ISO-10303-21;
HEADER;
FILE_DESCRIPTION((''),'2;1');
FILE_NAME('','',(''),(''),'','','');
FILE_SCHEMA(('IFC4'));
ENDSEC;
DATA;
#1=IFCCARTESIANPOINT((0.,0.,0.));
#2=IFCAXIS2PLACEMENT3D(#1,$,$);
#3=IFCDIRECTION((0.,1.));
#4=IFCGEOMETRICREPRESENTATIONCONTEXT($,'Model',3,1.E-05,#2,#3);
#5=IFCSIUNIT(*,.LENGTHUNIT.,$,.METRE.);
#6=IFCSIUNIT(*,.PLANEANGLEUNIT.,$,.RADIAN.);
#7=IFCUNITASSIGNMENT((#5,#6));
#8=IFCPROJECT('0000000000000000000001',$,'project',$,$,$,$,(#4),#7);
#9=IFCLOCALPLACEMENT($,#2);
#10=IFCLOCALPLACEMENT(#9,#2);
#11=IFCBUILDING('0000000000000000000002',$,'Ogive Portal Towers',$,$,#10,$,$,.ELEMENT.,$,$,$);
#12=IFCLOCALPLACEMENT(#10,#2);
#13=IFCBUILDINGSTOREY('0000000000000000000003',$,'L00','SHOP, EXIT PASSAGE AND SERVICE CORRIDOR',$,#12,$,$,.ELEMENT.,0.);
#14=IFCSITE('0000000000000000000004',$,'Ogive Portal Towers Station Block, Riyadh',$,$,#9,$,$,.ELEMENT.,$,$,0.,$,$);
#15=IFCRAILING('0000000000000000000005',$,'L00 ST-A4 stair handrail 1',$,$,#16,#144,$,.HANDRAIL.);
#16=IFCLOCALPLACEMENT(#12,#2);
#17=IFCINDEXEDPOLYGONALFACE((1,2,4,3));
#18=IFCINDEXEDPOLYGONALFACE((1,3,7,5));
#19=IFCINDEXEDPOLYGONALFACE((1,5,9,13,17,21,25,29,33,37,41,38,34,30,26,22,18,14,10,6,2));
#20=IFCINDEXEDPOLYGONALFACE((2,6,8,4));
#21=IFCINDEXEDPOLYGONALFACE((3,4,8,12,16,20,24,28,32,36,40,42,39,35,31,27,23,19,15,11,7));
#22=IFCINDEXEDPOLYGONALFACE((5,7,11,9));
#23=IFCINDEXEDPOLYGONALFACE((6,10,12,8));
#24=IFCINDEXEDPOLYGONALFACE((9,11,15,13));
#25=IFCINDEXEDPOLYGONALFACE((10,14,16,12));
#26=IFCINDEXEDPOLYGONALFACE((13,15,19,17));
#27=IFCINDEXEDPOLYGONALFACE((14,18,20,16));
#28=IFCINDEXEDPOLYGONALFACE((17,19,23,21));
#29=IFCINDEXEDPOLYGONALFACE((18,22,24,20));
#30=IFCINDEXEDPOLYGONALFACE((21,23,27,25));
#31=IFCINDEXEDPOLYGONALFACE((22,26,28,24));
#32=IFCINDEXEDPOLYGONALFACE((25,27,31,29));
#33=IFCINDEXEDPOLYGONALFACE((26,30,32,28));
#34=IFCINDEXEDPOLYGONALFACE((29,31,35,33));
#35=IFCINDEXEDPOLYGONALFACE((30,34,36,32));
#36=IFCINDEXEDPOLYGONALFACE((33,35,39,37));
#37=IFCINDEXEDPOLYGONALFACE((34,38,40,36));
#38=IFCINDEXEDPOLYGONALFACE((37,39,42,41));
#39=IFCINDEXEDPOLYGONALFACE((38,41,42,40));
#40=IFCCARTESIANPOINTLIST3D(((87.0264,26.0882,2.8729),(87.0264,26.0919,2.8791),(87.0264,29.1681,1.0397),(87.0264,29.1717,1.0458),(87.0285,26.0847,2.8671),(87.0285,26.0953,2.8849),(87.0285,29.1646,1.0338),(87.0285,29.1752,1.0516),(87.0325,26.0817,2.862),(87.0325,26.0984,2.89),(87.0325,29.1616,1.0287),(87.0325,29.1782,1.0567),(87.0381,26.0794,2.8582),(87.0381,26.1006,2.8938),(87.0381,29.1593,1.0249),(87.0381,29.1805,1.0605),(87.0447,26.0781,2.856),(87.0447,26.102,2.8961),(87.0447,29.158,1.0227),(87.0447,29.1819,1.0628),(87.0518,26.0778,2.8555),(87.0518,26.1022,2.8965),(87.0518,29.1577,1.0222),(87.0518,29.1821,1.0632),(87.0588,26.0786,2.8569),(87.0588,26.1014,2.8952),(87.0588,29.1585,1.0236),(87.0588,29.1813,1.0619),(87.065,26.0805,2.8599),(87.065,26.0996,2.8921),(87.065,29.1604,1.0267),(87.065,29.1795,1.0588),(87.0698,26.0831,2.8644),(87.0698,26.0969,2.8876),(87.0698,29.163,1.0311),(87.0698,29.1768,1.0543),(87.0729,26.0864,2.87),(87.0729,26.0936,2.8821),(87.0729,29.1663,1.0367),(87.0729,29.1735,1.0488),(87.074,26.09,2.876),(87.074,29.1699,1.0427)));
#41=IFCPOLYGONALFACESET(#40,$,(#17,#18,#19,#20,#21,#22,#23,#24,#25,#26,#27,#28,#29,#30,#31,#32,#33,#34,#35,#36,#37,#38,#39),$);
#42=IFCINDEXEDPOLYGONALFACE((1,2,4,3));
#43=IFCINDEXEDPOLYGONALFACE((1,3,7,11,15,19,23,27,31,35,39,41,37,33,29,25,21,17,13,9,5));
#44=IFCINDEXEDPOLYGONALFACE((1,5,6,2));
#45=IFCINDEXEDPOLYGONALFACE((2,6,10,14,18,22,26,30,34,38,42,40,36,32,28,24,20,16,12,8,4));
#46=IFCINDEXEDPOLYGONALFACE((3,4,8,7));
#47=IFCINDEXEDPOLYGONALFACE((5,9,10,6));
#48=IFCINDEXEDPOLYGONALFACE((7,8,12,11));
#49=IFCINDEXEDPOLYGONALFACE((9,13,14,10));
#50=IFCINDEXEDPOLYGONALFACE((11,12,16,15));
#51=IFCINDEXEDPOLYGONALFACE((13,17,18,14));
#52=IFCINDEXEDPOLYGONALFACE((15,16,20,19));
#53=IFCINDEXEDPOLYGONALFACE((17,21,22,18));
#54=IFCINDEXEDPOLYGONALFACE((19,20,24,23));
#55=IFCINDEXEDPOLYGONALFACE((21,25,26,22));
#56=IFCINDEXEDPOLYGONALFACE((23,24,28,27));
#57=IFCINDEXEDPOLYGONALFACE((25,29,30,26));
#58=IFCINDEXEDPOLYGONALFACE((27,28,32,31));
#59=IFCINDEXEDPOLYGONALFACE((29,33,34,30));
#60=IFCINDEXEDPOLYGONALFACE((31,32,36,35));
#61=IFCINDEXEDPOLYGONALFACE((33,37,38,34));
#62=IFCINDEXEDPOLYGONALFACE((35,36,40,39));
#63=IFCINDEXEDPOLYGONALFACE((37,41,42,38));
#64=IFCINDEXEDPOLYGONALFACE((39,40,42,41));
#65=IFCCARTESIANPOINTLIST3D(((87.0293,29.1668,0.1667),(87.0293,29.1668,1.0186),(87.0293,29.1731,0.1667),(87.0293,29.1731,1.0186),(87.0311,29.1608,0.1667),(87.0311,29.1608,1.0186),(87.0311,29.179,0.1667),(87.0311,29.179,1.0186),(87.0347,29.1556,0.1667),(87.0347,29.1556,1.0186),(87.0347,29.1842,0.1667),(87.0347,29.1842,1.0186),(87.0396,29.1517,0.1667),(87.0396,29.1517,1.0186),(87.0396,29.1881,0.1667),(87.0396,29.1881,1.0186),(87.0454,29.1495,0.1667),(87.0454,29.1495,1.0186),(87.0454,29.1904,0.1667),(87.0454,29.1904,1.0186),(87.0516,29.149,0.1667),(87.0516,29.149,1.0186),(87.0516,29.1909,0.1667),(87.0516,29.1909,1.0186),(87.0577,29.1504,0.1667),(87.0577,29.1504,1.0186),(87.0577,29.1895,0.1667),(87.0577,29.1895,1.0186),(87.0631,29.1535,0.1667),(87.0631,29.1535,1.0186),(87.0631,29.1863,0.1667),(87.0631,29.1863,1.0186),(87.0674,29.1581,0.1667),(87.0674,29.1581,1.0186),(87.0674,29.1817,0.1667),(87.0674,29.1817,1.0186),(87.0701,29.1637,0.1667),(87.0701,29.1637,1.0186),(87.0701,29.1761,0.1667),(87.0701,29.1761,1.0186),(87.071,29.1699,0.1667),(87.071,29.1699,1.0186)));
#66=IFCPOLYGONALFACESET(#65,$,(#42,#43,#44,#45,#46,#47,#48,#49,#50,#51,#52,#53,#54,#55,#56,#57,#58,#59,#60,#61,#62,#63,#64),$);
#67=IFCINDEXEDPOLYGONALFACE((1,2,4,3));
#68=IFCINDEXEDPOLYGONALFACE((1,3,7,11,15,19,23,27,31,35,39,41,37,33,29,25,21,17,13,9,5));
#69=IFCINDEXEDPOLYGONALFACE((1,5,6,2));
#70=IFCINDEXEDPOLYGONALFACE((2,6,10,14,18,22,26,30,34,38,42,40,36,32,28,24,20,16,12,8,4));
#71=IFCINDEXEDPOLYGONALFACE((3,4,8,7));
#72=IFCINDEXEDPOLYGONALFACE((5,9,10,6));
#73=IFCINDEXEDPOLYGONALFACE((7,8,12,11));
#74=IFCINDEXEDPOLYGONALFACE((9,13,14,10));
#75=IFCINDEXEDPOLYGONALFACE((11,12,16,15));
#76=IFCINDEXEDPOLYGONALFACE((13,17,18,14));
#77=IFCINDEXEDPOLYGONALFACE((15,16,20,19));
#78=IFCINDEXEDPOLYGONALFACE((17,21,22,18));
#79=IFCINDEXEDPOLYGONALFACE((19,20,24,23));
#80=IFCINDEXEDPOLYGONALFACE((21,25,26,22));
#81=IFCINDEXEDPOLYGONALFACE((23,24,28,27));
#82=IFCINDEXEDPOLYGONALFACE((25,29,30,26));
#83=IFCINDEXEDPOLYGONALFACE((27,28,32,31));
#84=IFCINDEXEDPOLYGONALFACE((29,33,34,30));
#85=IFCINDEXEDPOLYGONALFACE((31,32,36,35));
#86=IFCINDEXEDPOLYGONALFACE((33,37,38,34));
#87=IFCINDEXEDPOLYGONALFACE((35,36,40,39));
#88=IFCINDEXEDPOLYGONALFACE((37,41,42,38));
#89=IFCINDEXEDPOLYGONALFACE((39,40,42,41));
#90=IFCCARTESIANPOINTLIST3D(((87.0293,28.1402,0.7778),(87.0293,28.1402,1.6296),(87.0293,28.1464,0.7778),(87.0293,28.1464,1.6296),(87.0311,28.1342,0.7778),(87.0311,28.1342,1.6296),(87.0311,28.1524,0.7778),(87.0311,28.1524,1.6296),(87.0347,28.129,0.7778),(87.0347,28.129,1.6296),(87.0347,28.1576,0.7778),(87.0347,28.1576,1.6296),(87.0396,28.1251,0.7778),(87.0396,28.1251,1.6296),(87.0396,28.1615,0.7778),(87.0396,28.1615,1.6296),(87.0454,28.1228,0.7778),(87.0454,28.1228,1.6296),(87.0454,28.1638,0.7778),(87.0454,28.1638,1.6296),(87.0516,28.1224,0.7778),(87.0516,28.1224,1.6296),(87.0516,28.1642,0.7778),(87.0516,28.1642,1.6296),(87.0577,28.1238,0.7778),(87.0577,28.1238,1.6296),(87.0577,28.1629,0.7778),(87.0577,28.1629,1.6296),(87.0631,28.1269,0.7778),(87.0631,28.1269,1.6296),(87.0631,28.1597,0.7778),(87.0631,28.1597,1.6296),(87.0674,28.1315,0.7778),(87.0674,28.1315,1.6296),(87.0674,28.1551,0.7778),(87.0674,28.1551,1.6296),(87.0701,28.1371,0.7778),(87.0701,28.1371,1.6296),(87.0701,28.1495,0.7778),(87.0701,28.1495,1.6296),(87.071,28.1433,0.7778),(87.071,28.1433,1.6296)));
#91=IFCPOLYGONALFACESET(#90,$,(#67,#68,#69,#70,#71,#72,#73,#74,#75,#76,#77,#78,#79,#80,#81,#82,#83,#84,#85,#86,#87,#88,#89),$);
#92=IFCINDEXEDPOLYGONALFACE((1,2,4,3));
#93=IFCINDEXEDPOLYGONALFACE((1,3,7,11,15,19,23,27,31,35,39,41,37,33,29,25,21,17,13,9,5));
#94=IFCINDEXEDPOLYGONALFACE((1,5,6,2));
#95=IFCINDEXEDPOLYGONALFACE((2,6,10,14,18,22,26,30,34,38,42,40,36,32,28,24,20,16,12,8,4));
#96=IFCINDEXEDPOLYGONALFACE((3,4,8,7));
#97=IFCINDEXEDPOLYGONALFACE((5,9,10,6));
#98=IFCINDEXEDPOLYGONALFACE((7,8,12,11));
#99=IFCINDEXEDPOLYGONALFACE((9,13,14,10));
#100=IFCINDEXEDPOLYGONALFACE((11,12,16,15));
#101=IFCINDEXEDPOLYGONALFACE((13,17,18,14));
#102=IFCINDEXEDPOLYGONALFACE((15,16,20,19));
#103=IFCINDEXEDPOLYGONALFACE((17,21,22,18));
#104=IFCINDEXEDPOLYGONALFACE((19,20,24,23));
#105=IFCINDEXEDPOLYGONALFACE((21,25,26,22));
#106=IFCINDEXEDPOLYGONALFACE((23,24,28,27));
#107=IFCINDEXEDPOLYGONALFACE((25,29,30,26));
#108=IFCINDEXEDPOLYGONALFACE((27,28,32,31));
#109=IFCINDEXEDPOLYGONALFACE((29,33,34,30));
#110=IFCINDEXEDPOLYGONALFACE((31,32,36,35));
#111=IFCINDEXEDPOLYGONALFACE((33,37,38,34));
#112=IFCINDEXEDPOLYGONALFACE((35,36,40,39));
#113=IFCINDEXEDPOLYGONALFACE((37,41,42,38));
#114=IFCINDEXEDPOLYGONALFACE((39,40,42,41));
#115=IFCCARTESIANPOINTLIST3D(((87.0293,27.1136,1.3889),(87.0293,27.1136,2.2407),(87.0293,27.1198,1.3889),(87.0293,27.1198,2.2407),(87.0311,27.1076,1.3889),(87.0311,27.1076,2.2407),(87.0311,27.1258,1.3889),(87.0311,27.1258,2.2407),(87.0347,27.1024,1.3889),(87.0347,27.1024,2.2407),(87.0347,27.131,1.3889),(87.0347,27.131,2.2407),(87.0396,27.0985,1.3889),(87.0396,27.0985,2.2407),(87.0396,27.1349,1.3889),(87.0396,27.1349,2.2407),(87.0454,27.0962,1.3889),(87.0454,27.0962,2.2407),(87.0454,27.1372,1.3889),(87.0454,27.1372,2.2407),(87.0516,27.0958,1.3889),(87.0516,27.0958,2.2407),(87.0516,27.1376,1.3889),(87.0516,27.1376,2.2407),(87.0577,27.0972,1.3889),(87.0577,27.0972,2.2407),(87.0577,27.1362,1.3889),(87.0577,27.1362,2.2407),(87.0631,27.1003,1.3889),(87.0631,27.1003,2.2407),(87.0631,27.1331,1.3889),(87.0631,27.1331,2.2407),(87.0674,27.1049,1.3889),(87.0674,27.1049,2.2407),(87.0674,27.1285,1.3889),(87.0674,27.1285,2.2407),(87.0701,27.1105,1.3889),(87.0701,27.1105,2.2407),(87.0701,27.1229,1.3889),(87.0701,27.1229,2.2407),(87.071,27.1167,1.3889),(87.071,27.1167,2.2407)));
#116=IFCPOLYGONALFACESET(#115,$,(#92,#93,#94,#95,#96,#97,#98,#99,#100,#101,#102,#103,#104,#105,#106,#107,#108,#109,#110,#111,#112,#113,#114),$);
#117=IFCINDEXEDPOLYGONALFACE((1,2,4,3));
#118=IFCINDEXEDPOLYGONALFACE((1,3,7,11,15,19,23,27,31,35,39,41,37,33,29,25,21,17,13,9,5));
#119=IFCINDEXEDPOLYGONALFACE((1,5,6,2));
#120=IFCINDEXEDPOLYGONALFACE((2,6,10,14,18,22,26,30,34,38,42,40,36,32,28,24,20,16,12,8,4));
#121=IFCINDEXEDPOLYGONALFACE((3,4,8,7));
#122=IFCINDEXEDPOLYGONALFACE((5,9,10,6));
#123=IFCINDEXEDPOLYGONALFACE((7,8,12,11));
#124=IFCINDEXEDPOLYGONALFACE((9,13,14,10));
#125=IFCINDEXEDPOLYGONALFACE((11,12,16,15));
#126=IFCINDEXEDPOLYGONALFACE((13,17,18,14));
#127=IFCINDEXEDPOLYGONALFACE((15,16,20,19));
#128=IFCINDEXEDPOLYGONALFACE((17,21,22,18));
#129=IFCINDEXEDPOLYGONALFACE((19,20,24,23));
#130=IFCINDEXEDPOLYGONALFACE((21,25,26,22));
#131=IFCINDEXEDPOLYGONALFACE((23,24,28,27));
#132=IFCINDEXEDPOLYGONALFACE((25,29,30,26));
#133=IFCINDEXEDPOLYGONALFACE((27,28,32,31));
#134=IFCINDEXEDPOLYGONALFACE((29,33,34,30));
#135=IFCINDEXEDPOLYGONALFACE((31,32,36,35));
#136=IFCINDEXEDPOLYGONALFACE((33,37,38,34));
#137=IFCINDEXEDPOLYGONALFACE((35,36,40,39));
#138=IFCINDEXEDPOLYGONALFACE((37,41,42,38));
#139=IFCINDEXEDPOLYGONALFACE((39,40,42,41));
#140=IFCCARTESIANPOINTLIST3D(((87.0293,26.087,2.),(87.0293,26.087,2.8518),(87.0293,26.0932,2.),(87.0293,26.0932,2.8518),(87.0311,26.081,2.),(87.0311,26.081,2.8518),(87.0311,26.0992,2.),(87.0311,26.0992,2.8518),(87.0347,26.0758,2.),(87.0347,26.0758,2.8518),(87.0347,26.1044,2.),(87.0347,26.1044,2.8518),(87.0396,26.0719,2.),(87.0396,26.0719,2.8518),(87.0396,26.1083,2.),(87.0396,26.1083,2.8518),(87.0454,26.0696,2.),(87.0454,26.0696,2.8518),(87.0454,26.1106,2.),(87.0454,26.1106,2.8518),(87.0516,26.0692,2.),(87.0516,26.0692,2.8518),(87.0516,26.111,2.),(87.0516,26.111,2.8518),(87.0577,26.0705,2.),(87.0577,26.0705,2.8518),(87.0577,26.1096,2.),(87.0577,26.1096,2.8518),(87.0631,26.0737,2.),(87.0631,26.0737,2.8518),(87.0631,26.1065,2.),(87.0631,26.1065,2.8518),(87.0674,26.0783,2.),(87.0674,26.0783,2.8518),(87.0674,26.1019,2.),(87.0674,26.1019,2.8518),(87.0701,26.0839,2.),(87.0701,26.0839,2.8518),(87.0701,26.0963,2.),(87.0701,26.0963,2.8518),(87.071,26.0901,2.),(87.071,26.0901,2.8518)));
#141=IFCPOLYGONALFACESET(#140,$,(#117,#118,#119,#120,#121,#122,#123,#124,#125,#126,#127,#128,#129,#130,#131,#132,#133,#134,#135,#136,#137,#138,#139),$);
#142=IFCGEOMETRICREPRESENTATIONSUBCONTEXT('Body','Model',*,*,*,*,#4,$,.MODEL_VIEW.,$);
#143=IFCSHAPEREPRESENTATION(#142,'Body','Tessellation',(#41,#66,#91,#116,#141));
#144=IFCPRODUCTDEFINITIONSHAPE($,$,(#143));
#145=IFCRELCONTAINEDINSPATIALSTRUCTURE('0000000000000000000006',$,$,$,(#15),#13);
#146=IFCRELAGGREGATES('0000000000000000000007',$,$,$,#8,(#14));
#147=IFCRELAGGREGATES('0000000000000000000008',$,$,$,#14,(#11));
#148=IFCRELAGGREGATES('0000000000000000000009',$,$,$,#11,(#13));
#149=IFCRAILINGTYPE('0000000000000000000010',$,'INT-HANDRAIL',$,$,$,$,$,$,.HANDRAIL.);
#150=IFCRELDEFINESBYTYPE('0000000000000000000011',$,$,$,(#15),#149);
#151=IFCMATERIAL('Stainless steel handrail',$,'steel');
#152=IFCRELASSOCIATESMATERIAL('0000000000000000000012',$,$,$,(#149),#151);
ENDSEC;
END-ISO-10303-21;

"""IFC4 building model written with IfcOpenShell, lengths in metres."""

from ifc_helpers import new_model, si_unit, direction, frame, origin, origin_2d, place, context, subcontext, project, spatial, circle, extrude, material, type_object, element, save


model = new_model("IFC4")

# Units and contexts
model_context = context("Model", 3, precision=1e-05, world=origin(), true_north=direction((0.0, 1.0)))
body_context = subcontext(model_context, "Body", "Model", "MODEL_VIEW")
ifc_project = project(units=[si_unit("LENGTHUNIT", "METRE"), si_unit("PLANEANGLEUNIT", "RADIAN")], contexts=[model_context])

# Site, building, storey
site_placement = place(None, origin())
site = spatial("IfcSite", under=ifc_project, at=site_placement, Name="Ogive Portal Towers Station Block, Riyadh", CompositionType="ELEMENT", RefElevation=0.0)
building_placement = place(site_placement, origin())
building = spatial("IfcBuilding", under=site, at=building_placement, Name="Ogive Portal Towers", CompositionType="ELEMENT")
storey_placement = place(building_placement, origin())
storey = spatial("IfcBuildingStorey", under=building, at=storey_placement, Name="L00", Description="SHOP, EXIT PASSAGE AND SERVICE CORRIDOR", CompositionType="ELEMENT", Elevation=0.0)

# Railing
ifc_material_1 = material(Name="Stainless steel handrail", Category="steel")
railing_type_1 = type_object("IfcRailingType", Name="INT-HANDRAIL", PredefinedType="HANDRAIL", material=ifc_material_1)
for number, where, name in (
    (1, (87.05, 29.1699, 0.1667), "L00 ST-A4 stair handrail 1"),
):
    element("IfcRailing", number, at=place(storey_placement, frame(where)), inside=storey, type_object=railing_type_1, Name=name, PredefinedType="HANDRAIL", context=body_context, shape_type="SweptSolid", body=[
        extrude(circle(Radius=0.0239, at=origin_2d()), frame((0.0, 0.0, 0.876), z_axis=(0.0, -0.859291, 0.511487), x_axis=(1.0, 0.0, 0.0)), (0.0, 0.0, 1.0), 3.5842),
        extrude(circle(Radius=0.021, at=origin_2d()), origin(), (0.0, 0.0, 1.0), 0.8518),
        extrude(circle(Radius=0.021, at=origin_2d()), frame((0.0, -1.0266, 0.6111)), (0.0, 0.0, 1.0), 0.8518),
        extrude(circle(Radius=0.021, at=origin_2d()), frame((0.0, -2.0532, 1.2222)), (0.0, 0.0, 1.0), 0.8518),
        extrude(circle(Radius=0.021, at=origin_2d()), frame((0.0, -3.0798, 1.8333)), (0.0, 0.0, 1.0), 0.8518),
    ])

save(model, "model.ifc")
